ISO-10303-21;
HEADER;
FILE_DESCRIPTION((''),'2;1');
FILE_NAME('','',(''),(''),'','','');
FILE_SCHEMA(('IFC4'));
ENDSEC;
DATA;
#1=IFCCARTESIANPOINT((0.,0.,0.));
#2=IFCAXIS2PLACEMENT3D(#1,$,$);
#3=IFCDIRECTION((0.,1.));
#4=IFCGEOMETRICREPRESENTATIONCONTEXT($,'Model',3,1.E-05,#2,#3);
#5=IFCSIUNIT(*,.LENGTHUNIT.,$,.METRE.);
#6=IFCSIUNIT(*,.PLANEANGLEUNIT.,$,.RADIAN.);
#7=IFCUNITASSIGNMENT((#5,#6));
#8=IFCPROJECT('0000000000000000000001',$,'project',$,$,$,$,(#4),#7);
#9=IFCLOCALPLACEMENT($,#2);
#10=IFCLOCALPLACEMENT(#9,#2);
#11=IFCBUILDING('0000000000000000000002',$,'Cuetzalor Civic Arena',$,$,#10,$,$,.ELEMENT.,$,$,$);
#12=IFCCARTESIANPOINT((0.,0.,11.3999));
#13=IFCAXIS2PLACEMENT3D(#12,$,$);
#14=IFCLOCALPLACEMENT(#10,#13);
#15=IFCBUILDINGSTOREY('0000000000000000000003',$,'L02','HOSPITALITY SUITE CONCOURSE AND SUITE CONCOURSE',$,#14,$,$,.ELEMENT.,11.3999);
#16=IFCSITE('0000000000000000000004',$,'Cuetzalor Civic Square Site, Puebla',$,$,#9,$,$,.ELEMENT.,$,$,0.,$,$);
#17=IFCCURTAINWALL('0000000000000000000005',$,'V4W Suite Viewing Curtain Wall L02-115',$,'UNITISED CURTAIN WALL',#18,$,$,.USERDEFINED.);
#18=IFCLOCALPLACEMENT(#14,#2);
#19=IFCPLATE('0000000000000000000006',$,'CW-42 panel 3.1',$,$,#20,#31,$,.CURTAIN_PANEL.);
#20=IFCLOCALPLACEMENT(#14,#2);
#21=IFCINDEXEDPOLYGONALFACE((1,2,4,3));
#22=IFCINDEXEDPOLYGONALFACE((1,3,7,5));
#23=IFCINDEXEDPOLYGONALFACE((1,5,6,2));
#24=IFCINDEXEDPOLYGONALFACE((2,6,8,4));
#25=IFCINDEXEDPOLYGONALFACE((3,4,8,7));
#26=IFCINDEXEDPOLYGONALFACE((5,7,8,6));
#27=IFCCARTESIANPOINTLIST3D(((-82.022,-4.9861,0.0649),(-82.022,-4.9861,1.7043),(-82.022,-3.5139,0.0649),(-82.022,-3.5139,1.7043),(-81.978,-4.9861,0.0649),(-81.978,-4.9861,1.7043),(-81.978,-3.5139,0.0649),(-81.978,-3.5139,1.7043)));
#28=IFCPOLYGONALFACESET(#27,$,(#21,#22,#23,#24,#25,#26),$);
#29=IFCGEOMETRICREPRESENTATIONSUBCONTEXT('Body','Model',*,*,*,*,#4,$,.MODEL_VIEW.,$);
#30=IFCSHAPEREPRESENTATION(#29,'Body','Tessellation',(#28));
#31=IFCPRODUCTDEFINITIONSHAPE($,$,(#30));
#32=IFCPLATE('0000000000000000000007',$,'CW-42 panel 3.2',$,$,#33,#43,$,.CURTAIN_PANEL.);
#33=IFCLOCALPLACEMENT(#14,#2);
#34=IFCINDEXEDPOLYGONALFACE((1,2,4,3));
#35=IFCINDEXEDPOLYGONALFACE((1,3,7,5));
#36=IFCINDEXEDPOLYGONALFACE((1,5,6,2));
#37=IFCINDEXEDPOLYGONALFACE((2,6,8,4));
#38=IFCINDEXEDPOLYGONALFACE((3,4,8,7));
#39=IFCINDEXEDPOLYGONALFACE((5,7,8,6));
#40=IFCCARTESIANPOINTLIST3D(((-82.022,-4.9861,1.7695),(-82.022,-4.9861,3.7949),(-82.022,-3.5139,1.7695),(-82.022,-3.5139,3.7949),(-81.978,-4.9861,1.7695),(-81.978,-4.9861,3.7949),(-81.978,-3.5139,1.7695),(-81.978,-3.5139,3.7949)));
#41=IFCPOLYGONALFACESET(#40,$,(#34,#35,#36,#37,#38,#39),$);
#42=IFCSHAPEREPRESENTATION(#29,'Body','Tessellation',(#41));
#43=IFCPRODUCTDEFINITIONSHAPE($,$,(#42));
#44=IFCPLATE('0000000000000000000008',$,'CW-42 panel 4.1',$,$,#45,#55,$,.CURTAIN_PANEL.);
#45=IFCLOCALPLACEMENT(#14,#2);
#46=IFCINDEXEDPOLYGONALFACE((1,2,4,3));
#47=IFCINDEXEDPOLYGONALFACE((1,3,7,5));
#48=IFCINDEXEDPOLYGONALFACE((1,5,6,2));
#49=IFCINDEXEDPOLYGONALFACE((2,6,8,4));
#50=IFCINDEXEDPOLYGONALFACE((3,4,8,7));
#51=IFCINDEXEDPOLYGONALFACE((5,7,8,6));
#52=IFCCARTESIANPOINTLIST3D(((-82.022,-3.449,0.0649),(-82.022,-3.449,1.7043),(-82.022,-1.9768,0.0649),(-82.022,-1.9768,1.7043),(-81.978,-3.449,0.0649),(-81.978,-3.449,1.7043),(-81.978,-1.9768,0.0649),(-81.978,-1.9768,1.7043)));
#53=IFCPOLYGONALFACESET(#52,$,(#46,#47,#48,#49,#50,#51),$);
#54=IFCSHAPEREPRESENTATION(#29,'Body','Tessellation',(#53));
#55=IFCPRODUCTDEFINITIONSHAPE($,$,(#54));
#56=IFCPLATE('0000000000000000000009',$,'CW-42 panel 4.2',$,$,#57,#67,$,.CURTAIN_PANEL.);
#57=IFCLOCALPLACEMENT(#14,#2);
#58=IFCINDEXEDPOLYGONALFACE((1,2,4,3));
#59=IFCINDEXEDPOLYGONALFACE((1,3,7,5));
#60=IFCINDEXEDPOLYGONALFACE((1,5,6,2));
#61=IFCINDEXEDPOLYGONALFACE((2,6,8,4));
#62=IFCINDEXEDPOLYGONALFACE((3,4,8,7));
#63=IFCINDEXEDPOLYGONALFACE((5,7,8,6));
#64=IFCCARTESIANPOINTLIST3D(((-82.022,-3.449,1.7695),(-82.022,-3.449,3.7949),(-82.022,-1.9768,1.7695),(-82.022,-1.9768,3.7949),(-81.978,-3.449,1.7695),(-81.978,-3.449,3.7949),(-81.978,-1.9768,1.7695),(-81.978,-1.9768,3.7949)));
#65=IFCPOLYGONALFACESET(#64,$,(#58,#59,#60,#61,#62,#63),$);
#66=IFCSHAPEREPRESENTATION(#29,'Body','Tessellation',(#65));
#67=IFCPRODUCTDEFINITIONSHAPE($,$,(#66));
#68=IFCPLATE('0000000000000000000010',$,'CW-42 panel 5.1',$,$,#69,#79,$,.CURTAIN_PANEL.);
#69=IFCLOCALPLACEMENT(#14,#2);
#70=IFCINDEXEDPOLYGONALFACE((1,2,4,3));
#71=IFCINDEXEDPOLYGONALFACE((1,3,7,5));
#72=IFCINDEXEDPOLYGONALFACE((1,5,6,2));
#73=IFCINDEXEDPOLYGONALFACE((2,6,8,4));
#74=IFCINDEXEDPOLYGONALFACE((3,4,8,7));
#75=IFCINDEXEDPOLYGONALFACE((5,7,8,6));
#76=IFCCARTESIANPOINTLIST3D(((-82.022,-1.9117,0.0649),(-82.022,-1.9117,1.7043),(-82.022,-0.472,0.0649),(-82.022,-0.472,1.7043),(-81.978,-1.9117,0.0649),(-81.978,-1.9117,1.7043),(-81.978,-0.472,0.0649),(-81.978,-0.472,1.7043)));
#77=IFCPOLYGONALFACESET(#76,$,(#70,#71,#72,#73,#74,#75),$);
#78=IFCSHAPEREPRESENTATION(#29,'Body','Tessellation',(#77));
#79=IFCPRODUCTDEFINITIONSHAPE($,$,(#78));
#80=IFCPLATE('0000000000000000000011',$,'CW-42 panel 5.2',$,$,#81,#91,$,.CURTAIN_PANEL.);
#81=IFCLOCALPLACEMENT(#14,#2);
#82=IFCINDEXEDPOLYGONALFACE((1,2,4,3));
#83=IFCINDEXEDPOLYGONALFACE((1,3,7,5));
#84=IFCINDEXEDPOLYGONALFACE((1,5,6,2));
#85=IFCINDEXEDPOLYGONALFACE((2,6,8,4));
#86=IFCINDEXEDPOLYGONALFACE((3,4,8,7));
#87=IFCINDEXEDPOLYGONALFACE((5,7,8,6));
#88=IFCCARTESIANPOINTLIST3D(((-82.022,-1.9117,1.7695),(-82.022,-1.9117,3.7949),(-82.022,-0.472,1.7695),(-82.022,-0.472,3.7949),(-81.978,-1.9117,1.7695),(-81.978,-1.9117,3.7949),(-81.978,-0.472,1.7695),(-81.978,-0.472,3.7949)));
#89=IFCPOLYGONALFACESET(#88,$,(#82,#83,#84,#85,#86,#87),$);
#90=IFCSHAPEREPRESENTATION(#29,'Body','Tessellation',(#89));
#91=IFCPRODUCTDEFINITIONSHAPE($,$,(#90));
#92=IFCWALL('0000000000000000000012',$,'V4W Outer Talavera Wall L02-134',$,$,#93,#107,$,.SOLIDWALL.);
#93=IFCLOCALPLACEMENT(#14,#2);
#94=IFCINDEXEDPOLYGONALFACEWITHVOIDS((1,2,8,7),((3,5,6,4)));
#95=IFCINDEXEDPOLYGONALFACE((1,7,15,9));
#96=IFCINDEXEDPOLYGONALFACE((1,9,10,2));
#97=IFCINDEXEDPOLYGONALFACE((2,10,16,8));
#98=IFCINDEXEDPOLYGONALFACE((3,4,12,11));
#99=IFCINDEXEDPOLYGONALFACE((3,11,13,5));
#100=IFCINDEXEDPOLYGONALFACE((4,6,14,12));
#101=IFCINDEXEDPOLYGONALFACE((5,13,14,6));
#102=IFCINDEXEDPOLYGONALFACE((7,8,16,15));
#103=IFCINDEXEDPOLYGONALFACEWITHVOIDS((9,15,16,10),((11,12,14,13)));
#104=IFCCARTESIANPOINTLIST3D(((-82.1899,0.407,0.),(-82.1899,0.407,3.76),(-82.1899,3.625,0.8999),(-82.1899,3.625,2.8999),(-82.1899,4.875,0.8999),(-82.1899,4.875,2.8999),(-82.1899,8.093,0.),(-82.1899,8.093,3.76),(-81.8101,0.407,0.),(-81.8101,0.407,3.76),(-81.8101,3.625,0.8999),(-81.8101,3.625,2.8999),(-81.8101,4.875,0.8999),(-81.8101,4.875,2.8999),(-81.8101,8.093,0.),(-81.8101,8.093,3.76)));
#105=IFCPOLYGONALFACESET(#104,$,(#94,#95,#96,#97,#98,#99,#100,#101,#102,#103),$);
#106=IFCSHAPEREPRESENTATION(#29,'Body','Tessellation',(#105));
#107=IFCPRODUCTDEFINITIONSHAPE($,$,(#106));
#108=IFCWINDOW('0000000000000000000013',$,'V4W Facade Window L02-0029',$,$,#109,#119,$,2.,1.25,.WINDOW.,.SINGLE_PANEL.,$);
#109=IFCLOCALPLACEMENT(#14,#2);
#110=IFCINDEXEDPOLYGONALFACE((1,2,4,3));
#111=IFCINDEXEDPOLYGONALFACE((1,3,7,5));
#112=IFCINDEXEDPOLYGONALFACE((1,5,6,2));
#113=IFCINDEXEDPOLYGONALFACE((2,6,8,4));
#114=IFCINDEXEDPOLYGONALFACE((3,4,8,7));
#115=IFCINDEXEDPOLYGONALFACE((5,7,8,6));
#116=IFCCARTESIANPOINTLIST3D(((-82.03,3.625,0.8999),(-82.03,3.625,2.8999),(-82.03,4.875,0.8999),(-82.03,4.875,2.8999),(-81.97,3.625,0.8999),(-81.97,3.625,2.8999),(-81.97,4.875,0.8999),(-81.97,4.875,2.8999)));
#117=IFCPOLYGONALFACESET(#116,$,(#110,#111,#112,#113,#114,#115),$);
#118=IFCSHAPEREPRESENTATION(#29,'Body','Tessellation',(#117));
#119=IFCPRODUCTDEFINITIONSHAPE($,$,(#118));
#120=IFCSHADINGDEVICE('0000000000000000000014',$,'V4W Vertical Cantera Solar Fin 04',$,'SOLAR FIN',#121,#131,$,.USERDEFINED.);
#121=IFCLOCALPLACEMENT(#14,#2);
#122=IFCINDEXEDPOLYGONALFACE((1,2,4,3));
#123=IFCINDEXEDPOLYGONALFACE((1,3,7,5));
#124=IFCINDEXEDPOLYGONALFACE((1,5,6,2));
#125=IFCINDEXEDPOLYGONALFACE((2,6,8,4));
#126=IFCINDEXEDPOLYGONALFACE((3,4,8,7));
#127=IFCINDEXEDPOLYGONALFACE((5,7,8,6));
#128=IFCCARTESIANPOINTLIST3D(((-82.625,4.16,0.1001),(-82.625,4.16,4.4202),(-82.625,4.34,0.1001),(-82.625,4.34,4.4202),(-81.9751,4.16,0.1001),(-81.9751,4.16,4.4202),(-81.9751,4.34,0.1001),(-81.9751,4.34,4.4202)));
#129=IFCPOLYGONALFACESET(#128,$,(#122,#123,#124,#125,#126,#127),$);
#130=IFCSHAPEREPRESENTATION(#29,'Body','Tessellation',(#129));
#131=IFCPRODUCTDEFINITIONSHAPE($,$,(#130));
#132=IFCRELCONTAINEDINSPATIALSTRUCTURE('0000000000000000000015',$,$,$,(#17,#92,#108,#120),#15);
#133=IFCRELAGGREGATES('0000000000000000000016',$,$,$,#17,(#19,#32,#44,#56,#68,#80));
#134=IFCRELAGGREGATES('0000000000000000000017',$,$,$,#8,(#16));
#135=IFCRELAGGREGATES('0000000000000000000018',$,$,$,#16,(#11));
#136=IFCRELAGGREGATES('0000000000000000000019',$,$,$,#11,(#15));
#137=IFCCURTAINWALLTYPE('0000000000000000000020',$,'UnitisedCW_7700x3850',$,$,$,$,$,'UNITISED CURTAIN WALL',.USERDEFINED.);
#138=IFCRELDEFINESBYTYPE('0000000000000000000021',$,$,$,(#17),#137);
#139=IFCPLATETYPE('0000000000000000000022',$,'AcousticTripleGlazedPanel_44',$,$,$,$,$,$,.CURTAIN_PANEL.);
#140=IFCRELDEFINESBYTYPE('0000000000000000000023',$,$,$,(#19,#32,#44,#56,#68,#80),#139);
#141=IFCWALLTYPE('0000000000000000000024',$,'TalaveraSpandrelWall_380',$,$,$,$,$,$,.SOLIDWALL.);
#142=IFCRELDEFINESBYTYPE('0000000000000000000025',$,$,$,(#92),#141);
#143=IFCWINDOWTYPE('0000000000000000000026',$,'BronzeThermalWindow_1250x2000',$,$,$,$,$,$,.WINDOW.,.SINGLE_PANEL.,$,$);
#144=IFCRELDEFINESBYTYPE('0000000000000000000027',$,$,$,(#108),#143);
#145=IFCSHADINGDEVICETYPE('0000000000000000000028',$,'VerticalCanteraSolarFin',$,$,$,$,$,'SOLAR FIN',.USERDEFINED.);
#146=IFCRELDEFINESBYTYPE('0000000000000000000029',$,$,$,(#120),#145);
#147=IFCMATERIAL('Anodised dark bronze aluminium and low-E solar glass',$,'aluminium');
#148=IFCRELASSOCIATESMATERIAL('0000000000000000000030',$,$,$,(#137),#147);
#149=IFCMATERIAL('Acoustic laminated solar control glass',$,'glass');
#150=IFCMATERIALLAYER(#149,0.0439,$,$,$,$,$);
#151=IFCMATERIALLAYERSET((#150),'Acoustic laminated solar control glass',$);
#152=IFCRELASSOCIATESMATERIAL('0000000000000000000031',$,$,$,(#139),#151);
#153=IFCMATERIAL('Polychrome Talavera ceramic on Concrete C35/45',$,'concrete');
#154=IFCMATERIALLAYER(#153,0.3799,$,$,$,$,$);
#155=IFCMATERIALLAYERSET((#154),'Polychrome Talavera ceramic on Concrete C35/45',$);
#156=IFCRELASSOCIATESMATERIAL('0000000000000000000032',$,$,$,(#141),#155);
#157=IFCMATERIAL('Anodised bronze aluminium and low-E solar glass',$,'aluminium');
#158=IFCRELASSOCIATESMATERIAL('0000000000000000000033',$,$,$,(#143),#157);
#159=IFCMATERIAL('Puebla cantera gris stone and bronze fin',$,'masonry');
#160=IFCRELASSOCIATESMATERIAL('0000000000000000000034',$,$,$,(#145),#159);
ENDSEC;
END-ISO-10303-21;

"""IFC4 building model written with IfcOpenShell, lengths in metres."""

from ifc_helpers import new_model, si_unit, direction, frame, frame_2d, origin, origin_2d, place, context, subcontext, project, spatial, rectangle, extrude, material, layer, layer_set, type_object, element, fill, aggregate, save


model = new_model("IFC4")

# Units and contexts
model_context = context("Model", 3, precision=1e-05, world=origin(), true_north=direction((0.0, 1.0)))
body_context = subcontext(model_context, "Body", "Model", "MODEL_VIEW")
ifc_project = project(units=[si_unit("LENGTHUNIT", "METRE"), si_unit("PLANEANGLEUNIT", "RADIAN")], contexts=[model_context])

# Site, building, storey
site_placement = place(None, origin())
site = spatial("IfcSite", under=ifc_project, at=site_placement, Name="Cuetzalor Civic Square Site, Puebla", CompositionType="ELEMENT", RefElevation=0.0)
building_placement = place(site_placement, origin())
building = spatial("IfcBuilding", under=site, at=building_placement, Name="Cuetzalor Civic Arena", CompositionType="ELEMENT")
storey_placement = place(building_placement, frame((0.0, 0.0, 11.3999)))
storey = spatial("IfcBuildingStorey", under=building, at=storey_placement, Name="L02", Description="HOSPITALITY SUITE CONCOURSE AND SUITE CONCOURSE", CompositionType="ELEMENT", Elevation=11.3999)

# Curtain wall, plates
ifc_material_1 = material(Name="Anodised dark bronze aluminium and low-E solar glass", Category="aluminium")
curtain_wall_type = type_object("IfcCurtainWallType", Name="UnitisedCW_7700x3850", ElementType="UNITISED CURTAIN WALL", PredefinedType="USERDEFINED", material=ifc_material_1)
curtain_wall_placement = place(storey_placement, origin())
curtain_wall = element("IfcCurtainWall", 1, at=curtain_wall_placement, inside=storey, type_object=curtain_wall_type, Name="V4W Suite Viewing Curtain Wall L02-115", ObjectType="UNITISED CURTAIN WALL", PredefinedType="USERDEFINED")
ifc_material_2 = material(Name="Acoustic laminated solar control glass", Category="glass")
ifc_layer_1 = layer(ifc_material_2, 0.0439)
ifc_layer_set_1 = layer_set([ifc_layer_1], Name="Acoustic laminated solar control glass")
plate_type = type_object("IfcPlateType", Name="AcousticTripleGlazedPanel_44", PredefinedType="CURTAIN_PANEL", material=ifc_layer_set_1)
plate_1_placement = place(storey_placement, frame((-82.0, -4.25, 0.0649), z_axis=(0.0, 0.0, 1.0), x_axis=(0.0, 1.0, 0.0)))
plate_1 = element("IfcPlate", 2, at=plate_1_placement, type_object=plate_type, Name="CW-42 panel 3.1", PredefinedType="CURTAIN_PANEL", context=body_context, shape_type="SweptSolid", body=[
    extrude(rectangle(XDim=1.4722, YDim=0.0439, at=origin_2d()), origin(), (0.0, 0.0, 1.0), 1.6394),
])
plate_2_placement = place(storey_placement, frame((-82.0, -4.25, 1.7695), z_axis=(0.0, 0.0, 1.0), x_axis=(0.0, 1.0, 0.0)))
plate_2 = element("IfcPlate", 3, at=plate_2_placement, type_object=plate_type, Name="CW-42 panel 3.2", PredefinedType="CURTAIN_PANEL", context=body_context, shape_type="SweptSolid", body=[
    extrude(rectangle(XDim=1.4722, YDim=0.0439, at=origin_2d()), origin(), (0.0, 0.0, 1.0), 2.0254),
])
plate_3_placement = place(storey_placement, frame((-82.0, -2.7129, 0.0649), z_axis=(0.0, 0.0, 1.0), x_axis=(0.0, 1.0, 0.0)))
plate_3 = element("IfcPlate", 4, at=plate_3_placement, type_object=plate_type, Name="CW-42 panel 4.1", PredefinedType="CURTAIN_PANEL", context=body_context, shape_type="SweptSolid", body=[
    extrude(rectangle(XDim=1.4722, YDim=0.0439, at=origin_2d()), origin(), (0.0, 0.0, 1.0), 1.6394),
])
plate_4_placement = place(storey_placement, frame((-82.0, -2.7129, 1.7695), z_axis=(0.0, 0.0, 1.0), x_axis=(0.0, 1.0, 0.0)))
plate_4 = element("IfcPlate", 5, at=plate_4_placement, type_object=plate_type, Name="CW-42 panel 4.2", PredefinedType="CURTAIN_PANEL", context=body_context, shape_type="SweptSolid", body=[
    extrude(rectangle(XDim=1.4722, YDim=0.0439, at=origin_2d()), origin(), (0.0, 0.0, 1.0), 2.0254),
])
plate_5_placement = place(storey_placement, frame((-82.0, -1.1919, 0.0649), z_axis=(0.0, 0.0, 1.0), x_axis=(0.0, 1.0, 0.0)))
plate_5 = element("IfcPlate", 6, at=plate_5_placement, type_object=plate_type, Name="CW-42 panel 5.1", PredefinedType="CURTAIN_PANEL", context=body_context, shape_type="SweptSolid", body=[
    extrude(rectangle(XDim=1.4397, YDim=0.0439, at=origin_2d()), origin(), (0.0, 0.0, 1.0), 1.6394),
])
plate_6_placement = place(storey_placement, frame((-82.0, -1.1919, 1.7695), z_axis=(0.0, 0.0, 1.0), x_axis=(0.0, 1.0, 0.0)))
plate_6 = element("IfcPlate", 7, at=plate_6_placement, type_object=plate_type, Name="CW-42 panel 5.2", PredefinedType="CURTAIN_PANEL", context=body_context, shape_type="SweptSolid", body=[
    extrude(rectangle(XDim=1.4397, YDim=0.0439, at=origin_2d()), origin(), (0.0, 0.0, 1.0), 2.0254),
])
aggregate(curtain_wall, [plate_1, plate_2, plate_3, plate_4, plate_5, plate_6])

# Wall, opening, window
ifc_material_3 = material(Name="Polychrome Talavera ceramic on Concrete C35/45", Category="concrete")
ifc_layer_2 = layer(ifc_material_3, 0.3799)
ifc_layer_set_2 = layer_set([ifc_layer_2], Name="Polychrome Talavera ceramic on Concrete C35/45")
wall_type = type_object("IfcWallType", Name="TalaveraSpandrelWall_380", PredefinedType="SOLIDWALL", material=ifc_layer_set_2)
wall_placement = place(storey_placement, frame((-82.0, 0.407, 0.0), z_axis=(0.0, 0.0, 1.0), x_axis=(0.0, 1.0, 0.0)))
wall = element("IfcWall", 8, at=wall_placement, inside=storey, type_object=wall_type, Name="V4W Outer Talavera Wall L02-134", PredefinedType="SOLIDWALL", context=body_context, shape_type="SweptSolid", body=[
    extrude(rectangle(XDim=7.686, YDim=0.3799, at=frame_2d((3.843, 0.0))), origin(), (0.0, 0.0, 1.0), 3.76),
])
opening_placement = place(wall_placement, frame((3.218, 0.0, 0.8999)))
opening = element("IfcOpeningElement", 9, at=opening_placement, cuts=wall, PredefinedType="OPENING", context=body_context, shape_type="SweptSolid", body=[
    extrude(rectangle(XDim=1.25, YDim=2.0, at=frame_2d((0.625, 1.0))), frame((0.0, 0.2, 0.0), z_axis=(0.0, -1.0, 0.0), x_axis=(1.0, 0.0, 0.0)), (0.0, 0.0, 1.0), 0.3999),
])
ifc_material_4 = material(Name="Anodised bronze aluminium and low-E solar glass", Category="aluminium")
window_type = type_object("IfcWindowType", Name="BronzeThermalWindow_1250x2000", PartitioningType="SINGLE_PANEL", PredefinedType="WINDOW", material=ifc_material_4)
window_placement = place(opening_placement, origin())
window = element("IfcWindow", 10, at=window_placement, inside=storey, type_object=window_type, Name="V4W Facade Window L02-0029", OverallHeight=2.0, OverallWidth=1.25, PartitioningType="SINGLE_PANEL", PredefinedType="WINDOW", context=body_context, shape_type="SweptSolid", body=[
    extrude(rectangle(XDim=1.25, YDim=2.0, at=frame_2d((0.625, 1.0))), frame((0.0, 0.03, 0.0), z_axis=(0.0, -1.0, 0.0), x_axis=(1.0, 0.0, 0.0)), (0.0, 0.0, 1.0), 0.0601),
])
fill(opening, window)

# Shading device
ifc_material_5 = material(Name="Puebla cantera gris stone and bronze fin", Category="masonry")
shading_device_type = type_object("IfcShadingDeviceType", Name="VerticalCanteraSolarFin", ElementType="SOLAR FIN", PredefinedType="USERDEFINED", material=ifc_material_5)
shading_device_placement = place(storey_placement, frame((-82.3, 4.25, 0.1001), z_axis=(0.0, 0.0, 1.0), x_axis=(1.0, 0.0, 0.0)))
element("IfcShadingDevice", 11, at=shading_device_placement, inside=storey, type_object=shading_device_type, Name="V4W Vertical Cantera Solar Fin 04", ObjectType="SOLAR FIN", PredefinedType="USERDEFINED", context=body_context, shape_type="SweptSolid", body=[
    extrude(rectangle(XDim=0.6499, YDim=0.1799, at=origin_2d()), origin(), (0.0, 0.0, 1.0), 4.3201),
])

save(model, "model.ifc")
